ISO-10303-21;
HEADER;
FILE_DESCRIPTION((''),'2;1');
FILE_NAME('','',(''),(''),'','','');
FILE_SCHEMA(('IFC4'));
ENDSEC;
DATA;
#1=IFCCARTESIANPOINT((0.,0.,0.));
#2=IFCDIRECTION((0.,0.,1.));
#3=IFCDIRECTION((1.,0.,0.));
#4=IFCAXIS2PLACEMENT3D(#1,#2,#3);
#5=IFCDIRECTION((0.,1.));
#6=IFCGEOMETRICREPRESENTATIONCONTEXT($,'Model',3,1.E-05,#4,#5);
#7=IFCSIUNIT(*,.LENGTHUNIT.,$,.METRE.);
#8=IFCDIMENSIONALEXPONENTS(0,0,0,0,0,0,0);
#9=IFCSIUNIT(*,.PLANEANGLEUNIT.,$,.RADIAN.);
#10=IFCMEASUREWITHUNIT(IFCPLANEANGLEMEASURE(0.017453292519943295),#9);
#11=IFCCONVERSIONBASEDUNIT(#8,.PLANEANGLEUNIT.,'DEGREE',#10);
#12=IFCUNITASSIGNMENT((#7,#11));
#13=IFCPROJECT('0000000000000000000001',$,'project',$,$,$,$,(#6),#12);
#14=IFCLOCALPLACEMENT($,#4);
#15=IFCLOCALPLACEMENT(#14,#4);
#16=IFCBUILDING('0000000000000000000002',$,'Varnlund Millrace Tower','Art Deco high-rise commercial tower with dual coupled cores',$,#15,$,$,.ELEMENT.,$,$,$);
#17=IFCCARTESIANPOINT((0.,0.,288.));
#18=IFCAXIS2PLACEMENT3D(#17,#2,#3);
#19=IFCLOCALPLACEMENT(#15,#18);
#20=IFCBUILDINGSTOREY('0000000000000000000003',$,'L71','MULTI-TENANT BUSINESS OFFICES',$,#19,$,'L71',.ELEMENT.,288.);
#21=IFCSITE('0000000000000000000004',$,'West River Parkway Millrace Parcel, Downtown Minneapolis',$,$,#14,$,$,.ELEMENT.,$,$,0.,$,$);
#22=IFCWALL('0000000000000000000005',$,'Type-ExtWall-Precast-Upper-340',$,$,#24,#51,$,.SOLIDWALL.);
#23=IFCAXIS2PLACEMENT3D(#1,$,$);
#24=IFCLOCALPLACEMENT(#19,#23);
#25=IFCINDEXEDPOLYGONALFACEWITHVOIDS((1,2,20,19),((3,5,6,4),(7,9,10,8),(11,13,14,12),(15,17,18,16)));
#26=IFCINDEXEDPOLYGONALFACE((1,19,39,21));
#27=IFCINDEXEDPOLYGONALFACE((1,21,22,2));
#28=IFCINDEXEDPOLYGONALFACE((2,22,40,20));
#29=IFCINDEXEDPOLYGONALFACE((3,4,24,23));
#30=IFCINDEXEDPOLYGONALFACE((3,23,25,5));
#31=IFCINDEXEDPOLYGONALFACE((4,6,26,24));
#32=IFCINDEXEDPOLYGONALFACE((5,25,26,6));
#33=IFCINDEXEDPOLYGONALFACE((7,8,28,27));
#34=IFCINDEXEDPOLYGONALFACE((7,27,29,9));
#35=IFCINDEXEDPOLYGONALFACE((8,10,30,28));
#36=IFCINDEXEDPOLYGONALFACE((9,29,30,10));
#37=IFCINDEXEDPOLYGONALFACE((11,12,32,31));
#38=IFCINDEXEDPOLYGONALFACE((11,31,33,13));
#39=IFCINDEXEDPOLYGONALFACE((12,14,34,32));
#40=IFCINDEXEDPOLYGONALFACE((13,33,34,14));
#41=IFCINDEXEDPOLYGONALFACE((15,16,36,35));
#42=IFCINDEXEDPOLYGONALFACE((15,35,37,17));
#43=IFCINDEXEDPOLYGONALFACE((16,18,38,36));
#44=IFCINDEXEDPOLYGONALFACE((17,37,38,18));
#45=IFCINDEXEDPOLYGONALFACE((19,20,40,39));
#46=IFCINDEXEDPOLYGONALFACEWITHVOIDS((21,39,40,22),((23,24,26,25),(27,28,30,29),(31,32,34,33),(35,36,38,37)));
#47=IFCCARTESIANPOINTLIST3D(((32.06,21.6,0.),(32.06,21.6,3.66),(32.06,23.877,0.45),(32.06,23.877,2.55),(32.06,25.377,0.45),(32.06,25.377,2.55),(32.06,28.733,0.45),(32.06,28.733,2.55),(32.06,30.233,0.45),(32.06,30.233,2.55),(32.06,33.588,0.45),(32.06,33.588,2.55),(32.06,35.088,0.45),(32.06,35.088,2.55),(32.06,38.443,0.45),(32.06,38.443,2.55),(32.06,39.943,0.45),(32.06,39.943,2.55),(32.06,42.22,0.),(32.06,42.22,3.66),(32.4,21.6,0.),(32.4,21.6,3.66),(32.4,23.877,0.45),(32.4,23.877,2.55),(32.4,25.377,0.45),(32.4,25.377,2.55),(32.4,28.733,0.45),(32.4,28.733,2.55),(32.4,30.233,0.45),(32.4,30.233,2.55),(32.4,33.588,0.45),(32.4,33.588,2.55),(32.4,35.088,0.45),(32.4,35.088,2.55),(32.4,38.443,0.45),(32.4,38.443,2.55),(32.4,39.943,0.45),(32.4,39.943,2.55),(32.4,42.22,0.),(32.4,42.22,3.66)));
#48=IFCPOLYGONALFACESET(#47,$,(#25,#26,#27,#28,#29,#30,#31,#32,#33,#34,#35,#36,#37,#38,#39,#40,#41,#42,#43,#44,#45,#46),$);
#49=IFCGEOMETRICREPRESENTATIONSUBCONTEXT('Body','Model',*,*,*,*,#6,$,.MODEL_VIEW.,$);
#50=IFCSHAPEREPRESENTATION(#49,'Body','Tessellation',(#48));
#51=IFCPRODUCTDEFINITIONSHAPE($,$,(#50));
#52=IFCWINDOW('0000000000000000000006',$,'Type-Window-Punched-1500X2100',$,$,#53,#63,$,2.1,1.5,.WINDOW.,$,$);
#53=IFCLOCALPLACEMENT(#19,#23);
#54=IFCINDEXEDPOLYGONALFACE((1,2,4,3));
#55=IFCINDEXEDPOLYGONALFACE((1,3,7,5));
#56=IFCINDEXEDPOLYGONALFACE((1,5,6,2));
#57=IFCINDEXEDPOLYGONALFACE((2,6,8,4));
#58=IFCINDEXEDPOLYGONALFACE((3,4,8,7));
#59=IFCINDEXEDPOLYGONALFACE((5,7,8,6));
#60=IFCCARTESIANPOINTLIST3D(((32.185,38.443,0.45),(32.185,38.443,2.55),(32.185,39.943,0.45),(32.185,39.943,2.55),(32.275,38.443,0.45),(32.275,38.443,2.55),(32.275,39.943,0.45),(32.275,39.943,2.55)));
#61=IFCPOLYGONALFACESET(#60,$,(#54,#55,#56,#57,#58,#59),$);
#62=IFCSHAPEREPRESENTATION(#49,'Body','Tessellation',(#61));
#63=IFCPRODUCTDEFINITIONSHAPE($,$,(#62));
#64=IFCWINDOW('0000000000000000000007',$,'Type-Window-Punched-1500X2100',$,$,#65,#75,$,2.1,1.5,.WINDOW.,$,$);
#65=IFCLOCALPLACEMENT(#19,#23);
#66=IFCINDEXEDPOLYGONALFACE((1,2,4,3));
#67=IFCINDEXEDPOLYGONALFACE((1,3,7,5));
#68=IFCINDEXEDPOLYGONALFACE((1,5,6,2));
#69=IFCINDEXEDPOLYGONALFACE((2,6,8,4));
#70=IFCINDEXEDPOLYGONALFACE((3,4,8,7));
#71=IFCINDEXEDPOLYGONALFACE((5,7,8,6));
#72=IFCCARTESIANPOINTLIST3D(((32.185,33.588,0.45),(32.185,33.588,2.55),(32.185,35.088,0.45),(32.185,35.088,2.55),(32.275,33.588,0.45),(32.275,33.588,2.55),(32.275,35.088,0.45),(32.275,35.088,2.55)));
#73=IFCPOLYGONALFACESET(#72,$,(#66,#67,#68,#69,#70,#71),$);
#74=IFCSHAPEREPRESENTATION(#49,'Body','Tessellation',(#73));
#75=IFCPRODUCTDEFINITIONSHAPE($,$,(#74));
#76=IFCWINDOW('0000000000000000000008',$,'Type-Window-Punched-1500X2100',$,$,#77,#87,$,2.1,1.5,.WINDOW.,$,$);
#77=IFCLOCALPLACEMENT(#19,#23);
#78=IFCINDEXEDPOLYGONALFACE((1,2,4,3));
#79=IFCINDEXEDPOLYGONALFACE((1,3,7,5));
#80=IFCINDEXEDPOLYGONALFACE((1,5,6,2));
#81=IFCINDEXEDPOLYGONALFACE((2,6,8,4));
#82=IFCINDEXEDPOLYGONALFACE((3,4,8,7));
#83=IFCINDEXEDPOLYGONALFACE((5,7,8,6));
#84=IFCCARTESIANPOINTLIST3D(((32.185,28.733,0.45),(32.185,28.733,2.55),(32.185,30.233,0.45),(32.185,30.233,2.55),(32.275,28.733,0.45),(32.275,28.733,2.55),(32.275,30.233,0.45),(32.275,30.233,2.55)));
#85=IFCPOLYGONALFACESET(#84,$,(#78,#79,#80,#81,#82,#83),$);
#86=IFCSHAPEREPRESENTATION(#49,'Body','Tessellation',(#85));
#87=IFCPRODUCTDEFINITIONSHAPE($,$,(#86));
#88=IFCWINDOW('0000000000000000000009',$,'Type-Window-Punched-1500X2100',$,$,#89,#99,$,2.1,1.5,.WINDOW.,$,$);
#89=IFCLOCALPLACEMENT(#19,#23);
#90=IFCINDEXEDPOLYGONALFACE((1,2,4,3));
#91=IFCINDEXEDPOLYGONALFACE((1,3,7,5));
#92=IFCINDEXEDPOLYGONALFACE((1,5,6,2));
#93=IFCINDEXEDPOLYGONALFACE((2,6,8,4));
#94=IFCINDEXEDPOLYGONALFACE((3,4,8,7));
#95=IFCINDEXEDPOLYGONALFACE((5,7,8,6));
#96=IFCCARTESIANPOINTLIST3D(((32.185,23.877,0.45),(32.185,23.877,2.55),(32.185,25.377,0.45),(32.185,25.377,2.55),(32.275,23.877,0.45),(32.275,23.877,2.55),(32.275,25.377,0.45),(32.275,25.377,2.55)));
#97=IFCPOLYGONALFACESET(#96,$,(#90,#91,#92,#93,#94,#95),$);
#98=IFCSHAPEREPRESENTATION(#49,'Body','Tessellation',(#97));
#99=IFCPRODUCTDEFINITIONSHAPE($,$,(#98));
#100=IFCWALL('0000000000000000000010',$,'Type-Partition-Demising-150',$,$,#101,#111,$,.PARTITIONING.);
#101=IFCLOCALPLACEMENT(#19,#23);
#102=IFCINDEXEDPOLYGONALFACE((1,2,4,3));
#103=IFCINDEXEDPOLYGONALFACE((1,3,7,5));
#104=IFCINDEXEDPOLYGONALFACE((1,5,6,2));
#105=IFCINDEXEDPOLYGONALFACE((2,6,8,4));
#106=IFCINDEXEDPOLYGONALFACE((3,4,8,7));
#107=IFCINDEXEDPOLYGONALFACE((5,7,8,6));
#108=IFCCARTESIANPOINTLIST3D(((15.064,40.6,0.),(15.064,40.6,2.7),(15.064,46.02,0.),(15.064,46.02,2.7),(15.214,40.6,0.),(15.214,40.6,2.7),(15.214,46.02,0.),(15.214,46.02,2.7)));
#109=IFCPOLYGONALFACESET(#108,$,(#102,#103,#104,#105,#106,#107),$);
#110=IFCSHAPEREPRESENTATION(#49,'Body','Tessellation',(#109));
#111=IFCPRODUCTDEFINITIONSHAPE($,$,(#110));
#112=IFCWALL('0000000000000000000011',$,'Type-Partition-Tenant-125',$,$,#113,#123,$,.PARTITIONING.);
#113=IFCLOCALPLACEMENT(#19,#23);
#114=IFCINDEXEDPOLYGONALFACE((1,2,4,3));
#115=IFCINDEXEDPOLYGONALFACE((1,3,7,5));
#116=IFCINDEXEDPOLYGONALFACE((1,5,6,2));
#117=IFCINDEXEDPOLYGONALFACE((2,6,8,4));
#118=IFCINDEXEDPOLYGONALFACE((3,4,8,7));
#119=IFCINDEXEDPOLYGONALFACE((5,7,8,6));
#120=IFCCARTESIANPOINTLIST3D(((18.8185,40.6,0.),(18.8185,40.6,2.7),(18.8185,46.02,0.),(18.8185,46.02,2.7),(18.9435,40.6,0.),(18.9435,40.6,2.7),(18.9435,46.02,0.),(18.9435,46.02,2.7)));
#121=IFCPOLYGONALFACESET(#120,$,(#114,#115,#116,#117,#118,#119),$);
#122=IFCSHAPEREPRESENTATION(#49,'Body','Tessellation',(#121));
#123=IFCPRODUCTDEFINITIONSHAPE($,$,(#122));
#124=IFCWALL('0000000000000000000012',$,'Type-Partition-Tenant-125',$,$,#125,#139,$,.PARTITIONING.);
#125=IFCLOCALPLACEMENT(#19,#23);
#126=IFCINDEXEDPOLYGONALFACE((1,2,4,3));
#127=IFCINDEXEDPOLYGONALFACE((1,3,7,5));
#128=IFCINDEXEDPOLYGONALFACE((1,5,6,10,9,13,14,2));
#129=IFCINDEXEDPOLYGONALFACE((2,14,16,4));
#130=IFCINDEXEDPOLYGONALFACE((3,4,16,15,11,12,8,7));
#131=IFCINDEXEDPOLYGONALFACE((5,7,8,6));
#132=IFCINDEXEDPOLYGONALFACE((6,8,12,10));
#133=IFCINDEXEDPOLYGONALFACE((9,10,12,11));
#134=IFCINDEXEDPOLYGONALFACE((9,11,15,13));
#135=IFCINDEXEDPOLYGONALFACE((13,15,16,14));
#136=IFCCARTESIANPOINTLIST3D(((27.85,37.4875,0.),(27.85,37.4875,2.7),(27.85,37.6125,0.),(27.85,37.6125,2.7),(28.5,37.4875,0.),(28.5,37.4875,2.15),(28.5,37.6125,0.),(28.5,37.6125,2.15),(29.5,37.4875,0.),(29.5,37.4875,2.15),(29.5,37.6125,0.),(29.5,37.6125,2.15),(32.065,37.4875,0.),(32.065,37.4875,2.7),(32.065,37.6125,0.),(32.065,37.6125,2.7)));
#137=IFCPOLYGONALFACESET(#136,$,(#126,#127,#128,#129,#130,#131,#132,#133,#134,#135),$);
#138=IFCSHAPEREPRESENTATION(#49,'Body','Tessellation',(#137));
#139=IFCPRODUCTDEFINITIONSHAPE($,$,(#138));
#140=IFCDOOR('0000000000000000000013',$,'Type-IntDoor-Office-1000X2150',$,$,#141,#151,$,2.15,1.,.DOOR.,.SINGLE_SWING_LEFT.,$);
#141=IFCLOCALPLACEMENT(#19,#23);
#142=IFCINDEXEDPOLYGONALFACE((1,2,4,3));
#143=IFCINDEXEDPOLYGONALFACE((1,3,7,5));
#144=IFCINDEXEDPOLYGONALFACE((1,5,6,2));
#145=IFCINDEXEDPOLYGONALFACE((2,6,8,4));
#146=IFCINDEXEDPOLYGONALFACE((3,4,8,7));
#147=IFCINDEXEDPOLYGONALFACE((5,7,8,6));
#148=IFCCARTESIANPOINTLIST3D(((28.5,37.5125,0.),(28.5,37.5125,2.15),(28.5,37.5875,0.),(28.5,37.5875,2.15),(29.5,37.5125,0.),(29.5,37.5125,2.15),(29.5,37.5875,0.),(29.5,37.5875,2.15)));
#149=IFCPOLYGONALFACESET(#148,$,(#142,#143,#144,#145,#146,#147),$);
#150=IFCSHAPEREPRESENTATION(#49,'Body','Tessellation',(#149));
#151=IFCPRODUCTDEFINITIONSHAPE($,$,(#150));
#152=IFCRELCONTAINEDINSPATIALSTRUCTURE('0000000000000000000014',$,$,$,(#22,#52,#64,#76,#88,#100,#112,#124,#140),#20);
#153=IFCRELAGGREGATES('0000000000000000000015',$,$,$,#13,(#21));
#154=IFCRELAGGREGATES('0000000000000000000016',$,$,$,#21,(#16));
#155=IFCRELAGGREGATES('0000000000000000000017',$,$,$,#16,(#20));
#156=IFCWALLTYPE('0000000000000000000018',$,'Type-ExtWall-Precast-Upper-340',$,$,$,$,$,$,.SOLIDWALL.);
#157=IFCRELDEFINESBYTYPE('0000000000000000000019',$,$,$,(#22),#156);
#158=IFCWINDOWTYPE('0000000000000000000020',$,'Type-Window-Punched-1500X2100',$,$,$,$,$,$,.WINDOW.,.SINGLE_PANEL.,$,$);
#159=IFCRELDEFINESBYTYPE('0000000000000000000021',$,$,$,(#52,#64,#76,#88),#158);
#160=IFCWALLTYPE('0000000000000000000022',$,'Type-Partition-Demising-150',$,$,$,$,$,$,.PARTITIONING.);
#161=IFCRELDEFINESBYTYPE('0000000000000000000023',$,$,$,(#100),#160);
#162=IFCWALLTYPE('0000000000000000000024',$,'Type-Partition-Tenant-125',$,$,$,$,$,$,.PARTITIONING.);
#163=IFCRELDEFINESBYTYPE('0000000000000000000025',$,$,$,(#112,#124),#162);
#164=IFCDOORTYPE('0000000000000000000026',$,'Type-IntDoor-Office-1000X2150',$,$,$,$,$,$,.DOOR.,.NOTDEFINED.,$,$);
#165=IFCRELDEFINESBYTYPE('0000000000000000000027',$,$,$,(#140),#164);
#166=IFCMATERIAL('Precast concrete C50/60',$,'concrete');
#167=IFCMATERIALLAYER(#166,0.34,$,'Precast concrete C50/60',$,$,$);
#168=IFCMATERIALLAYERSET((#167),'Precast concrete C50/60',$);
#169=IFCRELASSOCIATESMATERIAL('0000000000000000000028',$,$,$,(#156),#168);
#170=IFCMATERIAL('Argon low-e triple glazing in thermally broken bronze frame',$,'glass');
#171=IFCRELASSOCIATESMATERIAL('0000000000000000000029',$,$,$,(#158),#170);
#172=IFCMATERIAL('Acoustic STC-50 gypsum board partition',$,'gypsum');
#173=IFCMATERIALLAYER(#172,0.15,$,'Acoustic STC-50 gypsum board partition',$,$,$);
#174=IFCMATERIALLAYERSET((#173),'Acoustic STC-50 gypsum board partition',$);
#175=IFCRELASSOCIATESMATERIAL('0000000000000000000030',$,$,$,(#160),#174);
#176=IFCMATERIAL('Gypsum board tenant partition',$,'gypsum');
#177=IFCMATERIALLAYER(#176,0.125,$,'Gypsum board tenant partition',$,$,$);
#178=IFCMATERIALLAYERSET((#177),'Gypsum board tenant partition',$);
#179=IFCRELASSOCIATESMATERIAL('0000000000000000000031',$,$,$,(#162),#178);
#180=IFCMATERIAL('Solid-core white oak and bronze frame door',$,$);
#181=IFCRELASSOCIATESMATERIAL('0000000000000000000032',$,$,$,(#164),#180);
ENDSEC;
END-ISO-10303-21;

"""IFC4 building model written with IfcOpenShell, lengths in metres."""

from ifc_helpers import new_model, entity, si_unit, converted_unit, direction, frame, origin_with_axes, origin_2d_with_axis, place, context, subcontext, project, spatial, polyline, rectangle, outline, extrude, material, layer, layer_set, type_object, element, fill, save


model = new_model("IFC4")

# Units and contexts
model_context = context("Model", 3, precision=1e-05, world=origin_with_axes(), true_north=direction((0.0, 1.0)))
body_context = subcontext(model_context, "Body", "Model", "MODEL_VIEW")
ifc_project = project(units=[si_unit("LENGTHUNIT", "METRE"), converted_unit("PLANEANGLEUNIT", "DEGREE", entity("IfcPlaneAngleMeasure", 0.017453292519943295), si_unit("PLANEANGLEUNIT", "RADIAN"), dimensions=[0, 0, 0, 0, 0, 0, 0])], contexts=[model_context])

# Site, building, storey
site_placement = place(None, origin_with_axes())
site = spatial("IfcSite", under=ifc_project, at=site_placement, Name="West River Parkway Millrace Parcel, Downtown Minneapolis", CompositionType="ELEMENT", RefElevation=0.0)
building_placement = place(site_placement, origin_with_axes())
building = spatial("IfcBuilding", under=site, at=building_placement, Name="Varnlund Millrace Tower", Description="Art Deco high-rise commercial tower with dual coupled cores", CompositionType="ELEMENT")
storey_placement = place(building_placement, frame((0.0, 0.0, 288.0), z_axis=(0.0, 0.0, 1.0), x_axis=(1.0, 0.0, 0.0)))
storey = spatial("IfcBuildingStorey", under=building, at=storey_placement, Name="L71", Description="MULTI-TENANT BUSINESS OFFICES", LongName="L71", CompositionType="ELEMENT", Elevation=288.0)

# Shared definitions
ifc_material_1 = material(Name="Precast concrete C50/60", Category="concrete")
ifc_layer_1 = layer(ifc_material_1, 0.34, Name="Precast concrete C50/60")
ifc_layer_set_1 = layer_set([ifc_layer_1], Name="Precast concrete C50/60")
wall_type_1 = type_object("IfcWallType", Name="Type-ExtWall-Precast-Upper-340", PredefinedType="SOLIDWALL", material=ifc_layer_set_1)

# Wall, openings, windows
wall_1_placement = place(storey_placement, frame((32.23, 42.22, 0.0), z_axis=(0.0, 0.0, 1.0), x_axis=(0.0, -1.0, 0.0)))
wall_1 = element("IfcWall", 1, at=wall_1_placement, inside=storey, type_object=wall_type_1, Name="Type-ExtWall-Precast-Upper-340", PredefinedType="SOLIDWALL", context=body_context, shape_type="SweptSolid", body=[
    extrude(outline(polyline([(0.0, -0.17), (20.62, -0.17), (20.62, 0.17), (0.0, 0.17), (0.0, -0.17)])), origin_with_axes(), (0.0, 0.0, 1.0), 3.66),
])
opening_1_placement = place(wall_1_placement, frame((3.027, 0.0, 0.45), z_axis=(0.0, 0.0, 1.0), x_axis=(1.0, 0.0, 0.0)))
opening_1 = element("IfcOpeningElement", 2, at=opening_1_placement, cuts=wall_1, PredefinedType="OPENING", context=body_context, shape_type="SweptSolid", body=[
    extrude(rectangle(XDim=1.5, YDim=0.36, at=origin_2d_with_axis()), origin_with_axes(), (0.0, 0.0, 1.0), 2.1),
])
opening_2_placement = place(wall_1_placement, frame((7.882, 0.0, 0.45), z_axis=(0.0, 0.0, 1.0), x_axis=(1.0, 0.0, 0.0)))
opening_2 = element("IfcOpeningElement", 3, at=opening_2_placement, cuts=wall_1, PredefinedType="OPENING", context=body_context, shape_type="SweptSolid", body=[
    extrude(rectangle(XDim=1.5, YDim=0.36, at=origin_2d_with_axis()), origin_with_axes(), (0.0, 0.0, 1.0), 2.1),
])
opening_3_placement = place(wall_1_placement, frame((12.737, 0.0, 0.45), z_axis=(0.0, 0.0, 1.0), x_axis=(1.0, 0.0, 0.0)))
opening_3 = element("IfcOpeningElement", 4, at=opening_3_placement, cuts=wall_1, PredefinedType="OPENING", context=body_context, shape_type="SweptSolid", body=[
    extrude(rectangle(XDim=1.5, YDim=0.36, at=origin_2d_with_axis()), origin_with_axes(), (0.0, 0.0, 1.0), 2.1),
])
opening_4_placement = place(wall_1_placement, frame((17.593, 0.0, 0.45), z_axis=(0.0, 0.0, 1.0), x_axis=(1.0, 0.0, 0.0)))
opening_4 = element("IfcOpeningElement", 5, at=opening_4_placement, cuts=wall_1, PredefinedType="OPENING", context=body_context, shape_type="SweptSolid", body=[
    extrude(rectangle(XDim=1.5, YDim=0.36, at=origin_2d_with_axis()), origin_with_axes(), (0.0, 0.0, 1.0), 2.1),
])
ifc_material_2 = material(Name="Argon low-e triple glazing in thermally broken bronze frame", Category="glass")
window_type = type_object("IfcWindowType", Name="Type-Window-Punched-1500X2100", PartitioningType="SINGLE_PANEL", PredefinedType="WINDOW", material=ifc_material_2)
window_1_placement = place(wall_1_placement, frame((3.027, 0.0, 0.45), z_axis=(0.0, 0.0, 1.0), x_axis=(1.0, 0.0, 0.0)))
window_1 = element("IfcWindow", 6, at=window_1_placement, inside=storey, type_object=window_type, Name="Type-Window-Punched-1500X2100", OverallHeight=2.1, OverallWidth=1.5, PredefinedType="WINDOW", context=body_context, shape_type="SweptSolid", body=[
    extrude(rectangle(XDim=1.5, YDim=0.09, at=origin_2d_with_axis()), origin_with_axes(), (0.0, 0.0, 1.0), 2.1),
])
fill(opening_1, window_1)
window_2_placement = place(wall_1_placement, frame((7.882, 0.0, 0.45), z_axis=(0.0, 0.0, 1.0), x_axis=(1.0, 0.0, 0.0)))
window_2 = element("IfcWindow", 7, at=window_2_placement, inside=storey, type_object=window_type, Name="Type-Window-Punched-1500X2100", OverallHeight=2.1, OverallWidth=1.5, PredefinedType="WINDOW", context=body_context, shape_type="SweptSolid", body=[
    extrude(rectangle(XDim=1.5, YDim=0.09, at=origin_2d_with_axis()), origin_with_axes(), (0.0, 0.0, 1.0), 2.1),
])
fill(opening_2, window_2)
window_3_placement = place(wall_1_placement, frame((12.737, 0.0, 0.45), z_axis=(0.0, 0.0, 1.0), x_axis=(1.0, 0.0, 0.0)))
window_3 = element("IfcWindow", 8, at=window_3_placement, inside=storey, type_object=window_type, Name="Type-Window-Punched-1500X2100", OverallHeight=2.1, OverallWidth=1.5, PredefinedType="WINDOW", context=body_context, shape_type="SweptSolid", body=[
    extrude(rectangle(XDim=1.5, YDim=0.09, at=origin_2d_with_axis()), origin_with_axes(), (0.0, 0.0, 1.0), 2.1),
])
fill(opening_3, window_3)
window_4_placement = place(wall_1_placement, frame((17.593, 0.0, 0.45), z_axis=(0.0, 0.0, 1.0), x_axis=(1.0, 0.0, 0.0)))
window_4 = element("IfcWindow", 9, at=window_4_placement, inside=storey, type_object=window_type, Name="Type-Window-Punched-1500X2100", OverallHeight=2.1, OverallWidth=1.5, PredefinedType="WINDOW", context=body_context, shape_type="SweptSolid", body=[
    extrude(rectangle(XDim=1.5, YDim=0.09, at=origin_2d_with_axis()), origin_with_axes(), (0.0, 0.0, 1.0), 2.1),
])
fill(opening_4, window_4)

# Walls
ifc_material_3 = material(Name="Acoustic STC-50 gypsum board partition", Category="gypsum")
ifc_layer_2 = layer(ifc_material_3, 0.15, Name="Acoustic STC-50 gypsum board partition")
ifc_layer_set_2 = layer_set([ifc_layer_2], Name="Acoustic STC-50 gypsum board partition")
wall_type_2 = type_object("IfcWallType", Name="Type-Partition-Demising-150", PredefinedType="PARTITIONING", material=ifc_layer_set_2)
wall_2_placement = place(storey_placement, frame((15.139, 40.6, 0.0), z_axis=(0.0, 0.0, 1.0), x_axis=(0.0, 1.0, 0.0)))
element("IfcWall", 10, at=wall_2_placement, inside=storey, type_object=wall_type_2, Name="Type-Partition-Demising-150", PredefinedType="PARTITIONING", context=body_context, shape_type="SweptSolid", body=[
    extrude(outline(polyline([(0.0, -0.075), (5.42, -0.075), (5.42, 0.075), (0.0, 0.075), (0.0, -0.075)])), origin_with_axes(), (0.0, 0.0, 1.0), 2.7),
])
ifc_material_4 = material(Name="Gypsum board tenant partition", Category="gypsum")
ifc_layer_3 = layer(ifc_material_4, 0.125, Name="Gypsum board tenant partition")
ifc_layer_set_3 = layer_set([ifc_layer_3], Name="Gypsum board tenant partition")
wall_type_3 = type_object("IfcWallType", Name="Type-Partition-Tenant-125", PredefinedType="PARTITIONING", material=ifc_layer_set_3)
wall_3_placement = place(storey_placement, frame((18.881, 40.6, 0.0), z_axis=(0.0, 0.0, 1.0), x_axis=(0.0, 1.0, 0.0)))
element("IfcWall", 11, at=wall_3_placement, inside=storey, type_object=wall_type_3, Name="Type-Partition-Tenant-125", PredefinedType="PARTITIONING", context=body_context, shape_type="SweptSolid", body=[
    extrude(outline(polyline([(0.0, -0.0625), (5.42, -0.0625), (5.42, 0.0625), (0.0, 0.0625), (0.0, -0.0625)])), origin_with_axes(), (0.0, 0.0, 1.0), 2.7),
])

# Wall, opening, door
wall_4_placement = place(storey_placement, frame((27.85, 37.55, 0.0), z_axis=(0.0, 0.0, 1.0), x_axis=(1.0, 0.0, 0.0)))
wall_4 = element("IfcWall", 12, at=wall_4_placement, inside=storey, type_object=wall_type_3, Name="Type-Partition-Tenant-125", PredefinedType="PARTITIONING", context=body_context, shape_type="SweptSolid", body=[
    extrude(outline(polyline([(0.0, -0.0625), (4.215, -0.0625), (4.215, 0.0625), (0.0, 0.0625), (0.0, -0.0625)])), origin_with_axes(), (0.0, 0.0, 1.0), 2.7),
])
opening_5_placement = place(wall_4_placement, frame((1.15, 0.0, 0.0), z_axis=(0.0, 0.0, 1.0), x_axis=(1.0, 0.0, 0.0)))
opening_5 = element("IfcOpeningElement", 13, at=opening_5_placement, cuts=wall_4, PredefinedType="OPENING", context=body_context, shape_type="SweptSolid", body=[
    extrude(rectangle(XDim=1.0, YDim=0.145, at=origin_2d_with_axis()), origin_with_axes(), (0.0, 0.0, 1.0), 2.15),
])
ifc_material_5 = material(Name="Solid-core white oak and bronze frame door")
door_type = type_object("IfcDoorType", Name="Type-IntDoor-Office-1000X2150", OperationType="NOTDEFINED", PredefinedType="DOOR", material=ifc_material_5)
door_placement = place(wall_4_placement, frame((1.15, 0.0, 0.0), z_axis=(0.0, 0.0, 1.0), x_axis=(1.0, 0.0, 0.0)))
door = element("IfcDoor", 14, at=door_placement, inside=storey, type_object=door_type, Name="Type-IntDoor-Office-1000X2150", OperationType="SINGLE_SWING_LEFT", OverallHeight=2.15, OverallWidth=1.0, PredefinedType="DOOR", context=body_context, shape_type="SweptSolid", body=[
    extrude(rectangle(XDim=1.0, YDim=0.075, at=origin_2d_with_axis()), origin_with_axes(), (0.0, 0.0, 1.0), 2.15),
])
fill(opening_5, door)

save(model, "model.ifc")
